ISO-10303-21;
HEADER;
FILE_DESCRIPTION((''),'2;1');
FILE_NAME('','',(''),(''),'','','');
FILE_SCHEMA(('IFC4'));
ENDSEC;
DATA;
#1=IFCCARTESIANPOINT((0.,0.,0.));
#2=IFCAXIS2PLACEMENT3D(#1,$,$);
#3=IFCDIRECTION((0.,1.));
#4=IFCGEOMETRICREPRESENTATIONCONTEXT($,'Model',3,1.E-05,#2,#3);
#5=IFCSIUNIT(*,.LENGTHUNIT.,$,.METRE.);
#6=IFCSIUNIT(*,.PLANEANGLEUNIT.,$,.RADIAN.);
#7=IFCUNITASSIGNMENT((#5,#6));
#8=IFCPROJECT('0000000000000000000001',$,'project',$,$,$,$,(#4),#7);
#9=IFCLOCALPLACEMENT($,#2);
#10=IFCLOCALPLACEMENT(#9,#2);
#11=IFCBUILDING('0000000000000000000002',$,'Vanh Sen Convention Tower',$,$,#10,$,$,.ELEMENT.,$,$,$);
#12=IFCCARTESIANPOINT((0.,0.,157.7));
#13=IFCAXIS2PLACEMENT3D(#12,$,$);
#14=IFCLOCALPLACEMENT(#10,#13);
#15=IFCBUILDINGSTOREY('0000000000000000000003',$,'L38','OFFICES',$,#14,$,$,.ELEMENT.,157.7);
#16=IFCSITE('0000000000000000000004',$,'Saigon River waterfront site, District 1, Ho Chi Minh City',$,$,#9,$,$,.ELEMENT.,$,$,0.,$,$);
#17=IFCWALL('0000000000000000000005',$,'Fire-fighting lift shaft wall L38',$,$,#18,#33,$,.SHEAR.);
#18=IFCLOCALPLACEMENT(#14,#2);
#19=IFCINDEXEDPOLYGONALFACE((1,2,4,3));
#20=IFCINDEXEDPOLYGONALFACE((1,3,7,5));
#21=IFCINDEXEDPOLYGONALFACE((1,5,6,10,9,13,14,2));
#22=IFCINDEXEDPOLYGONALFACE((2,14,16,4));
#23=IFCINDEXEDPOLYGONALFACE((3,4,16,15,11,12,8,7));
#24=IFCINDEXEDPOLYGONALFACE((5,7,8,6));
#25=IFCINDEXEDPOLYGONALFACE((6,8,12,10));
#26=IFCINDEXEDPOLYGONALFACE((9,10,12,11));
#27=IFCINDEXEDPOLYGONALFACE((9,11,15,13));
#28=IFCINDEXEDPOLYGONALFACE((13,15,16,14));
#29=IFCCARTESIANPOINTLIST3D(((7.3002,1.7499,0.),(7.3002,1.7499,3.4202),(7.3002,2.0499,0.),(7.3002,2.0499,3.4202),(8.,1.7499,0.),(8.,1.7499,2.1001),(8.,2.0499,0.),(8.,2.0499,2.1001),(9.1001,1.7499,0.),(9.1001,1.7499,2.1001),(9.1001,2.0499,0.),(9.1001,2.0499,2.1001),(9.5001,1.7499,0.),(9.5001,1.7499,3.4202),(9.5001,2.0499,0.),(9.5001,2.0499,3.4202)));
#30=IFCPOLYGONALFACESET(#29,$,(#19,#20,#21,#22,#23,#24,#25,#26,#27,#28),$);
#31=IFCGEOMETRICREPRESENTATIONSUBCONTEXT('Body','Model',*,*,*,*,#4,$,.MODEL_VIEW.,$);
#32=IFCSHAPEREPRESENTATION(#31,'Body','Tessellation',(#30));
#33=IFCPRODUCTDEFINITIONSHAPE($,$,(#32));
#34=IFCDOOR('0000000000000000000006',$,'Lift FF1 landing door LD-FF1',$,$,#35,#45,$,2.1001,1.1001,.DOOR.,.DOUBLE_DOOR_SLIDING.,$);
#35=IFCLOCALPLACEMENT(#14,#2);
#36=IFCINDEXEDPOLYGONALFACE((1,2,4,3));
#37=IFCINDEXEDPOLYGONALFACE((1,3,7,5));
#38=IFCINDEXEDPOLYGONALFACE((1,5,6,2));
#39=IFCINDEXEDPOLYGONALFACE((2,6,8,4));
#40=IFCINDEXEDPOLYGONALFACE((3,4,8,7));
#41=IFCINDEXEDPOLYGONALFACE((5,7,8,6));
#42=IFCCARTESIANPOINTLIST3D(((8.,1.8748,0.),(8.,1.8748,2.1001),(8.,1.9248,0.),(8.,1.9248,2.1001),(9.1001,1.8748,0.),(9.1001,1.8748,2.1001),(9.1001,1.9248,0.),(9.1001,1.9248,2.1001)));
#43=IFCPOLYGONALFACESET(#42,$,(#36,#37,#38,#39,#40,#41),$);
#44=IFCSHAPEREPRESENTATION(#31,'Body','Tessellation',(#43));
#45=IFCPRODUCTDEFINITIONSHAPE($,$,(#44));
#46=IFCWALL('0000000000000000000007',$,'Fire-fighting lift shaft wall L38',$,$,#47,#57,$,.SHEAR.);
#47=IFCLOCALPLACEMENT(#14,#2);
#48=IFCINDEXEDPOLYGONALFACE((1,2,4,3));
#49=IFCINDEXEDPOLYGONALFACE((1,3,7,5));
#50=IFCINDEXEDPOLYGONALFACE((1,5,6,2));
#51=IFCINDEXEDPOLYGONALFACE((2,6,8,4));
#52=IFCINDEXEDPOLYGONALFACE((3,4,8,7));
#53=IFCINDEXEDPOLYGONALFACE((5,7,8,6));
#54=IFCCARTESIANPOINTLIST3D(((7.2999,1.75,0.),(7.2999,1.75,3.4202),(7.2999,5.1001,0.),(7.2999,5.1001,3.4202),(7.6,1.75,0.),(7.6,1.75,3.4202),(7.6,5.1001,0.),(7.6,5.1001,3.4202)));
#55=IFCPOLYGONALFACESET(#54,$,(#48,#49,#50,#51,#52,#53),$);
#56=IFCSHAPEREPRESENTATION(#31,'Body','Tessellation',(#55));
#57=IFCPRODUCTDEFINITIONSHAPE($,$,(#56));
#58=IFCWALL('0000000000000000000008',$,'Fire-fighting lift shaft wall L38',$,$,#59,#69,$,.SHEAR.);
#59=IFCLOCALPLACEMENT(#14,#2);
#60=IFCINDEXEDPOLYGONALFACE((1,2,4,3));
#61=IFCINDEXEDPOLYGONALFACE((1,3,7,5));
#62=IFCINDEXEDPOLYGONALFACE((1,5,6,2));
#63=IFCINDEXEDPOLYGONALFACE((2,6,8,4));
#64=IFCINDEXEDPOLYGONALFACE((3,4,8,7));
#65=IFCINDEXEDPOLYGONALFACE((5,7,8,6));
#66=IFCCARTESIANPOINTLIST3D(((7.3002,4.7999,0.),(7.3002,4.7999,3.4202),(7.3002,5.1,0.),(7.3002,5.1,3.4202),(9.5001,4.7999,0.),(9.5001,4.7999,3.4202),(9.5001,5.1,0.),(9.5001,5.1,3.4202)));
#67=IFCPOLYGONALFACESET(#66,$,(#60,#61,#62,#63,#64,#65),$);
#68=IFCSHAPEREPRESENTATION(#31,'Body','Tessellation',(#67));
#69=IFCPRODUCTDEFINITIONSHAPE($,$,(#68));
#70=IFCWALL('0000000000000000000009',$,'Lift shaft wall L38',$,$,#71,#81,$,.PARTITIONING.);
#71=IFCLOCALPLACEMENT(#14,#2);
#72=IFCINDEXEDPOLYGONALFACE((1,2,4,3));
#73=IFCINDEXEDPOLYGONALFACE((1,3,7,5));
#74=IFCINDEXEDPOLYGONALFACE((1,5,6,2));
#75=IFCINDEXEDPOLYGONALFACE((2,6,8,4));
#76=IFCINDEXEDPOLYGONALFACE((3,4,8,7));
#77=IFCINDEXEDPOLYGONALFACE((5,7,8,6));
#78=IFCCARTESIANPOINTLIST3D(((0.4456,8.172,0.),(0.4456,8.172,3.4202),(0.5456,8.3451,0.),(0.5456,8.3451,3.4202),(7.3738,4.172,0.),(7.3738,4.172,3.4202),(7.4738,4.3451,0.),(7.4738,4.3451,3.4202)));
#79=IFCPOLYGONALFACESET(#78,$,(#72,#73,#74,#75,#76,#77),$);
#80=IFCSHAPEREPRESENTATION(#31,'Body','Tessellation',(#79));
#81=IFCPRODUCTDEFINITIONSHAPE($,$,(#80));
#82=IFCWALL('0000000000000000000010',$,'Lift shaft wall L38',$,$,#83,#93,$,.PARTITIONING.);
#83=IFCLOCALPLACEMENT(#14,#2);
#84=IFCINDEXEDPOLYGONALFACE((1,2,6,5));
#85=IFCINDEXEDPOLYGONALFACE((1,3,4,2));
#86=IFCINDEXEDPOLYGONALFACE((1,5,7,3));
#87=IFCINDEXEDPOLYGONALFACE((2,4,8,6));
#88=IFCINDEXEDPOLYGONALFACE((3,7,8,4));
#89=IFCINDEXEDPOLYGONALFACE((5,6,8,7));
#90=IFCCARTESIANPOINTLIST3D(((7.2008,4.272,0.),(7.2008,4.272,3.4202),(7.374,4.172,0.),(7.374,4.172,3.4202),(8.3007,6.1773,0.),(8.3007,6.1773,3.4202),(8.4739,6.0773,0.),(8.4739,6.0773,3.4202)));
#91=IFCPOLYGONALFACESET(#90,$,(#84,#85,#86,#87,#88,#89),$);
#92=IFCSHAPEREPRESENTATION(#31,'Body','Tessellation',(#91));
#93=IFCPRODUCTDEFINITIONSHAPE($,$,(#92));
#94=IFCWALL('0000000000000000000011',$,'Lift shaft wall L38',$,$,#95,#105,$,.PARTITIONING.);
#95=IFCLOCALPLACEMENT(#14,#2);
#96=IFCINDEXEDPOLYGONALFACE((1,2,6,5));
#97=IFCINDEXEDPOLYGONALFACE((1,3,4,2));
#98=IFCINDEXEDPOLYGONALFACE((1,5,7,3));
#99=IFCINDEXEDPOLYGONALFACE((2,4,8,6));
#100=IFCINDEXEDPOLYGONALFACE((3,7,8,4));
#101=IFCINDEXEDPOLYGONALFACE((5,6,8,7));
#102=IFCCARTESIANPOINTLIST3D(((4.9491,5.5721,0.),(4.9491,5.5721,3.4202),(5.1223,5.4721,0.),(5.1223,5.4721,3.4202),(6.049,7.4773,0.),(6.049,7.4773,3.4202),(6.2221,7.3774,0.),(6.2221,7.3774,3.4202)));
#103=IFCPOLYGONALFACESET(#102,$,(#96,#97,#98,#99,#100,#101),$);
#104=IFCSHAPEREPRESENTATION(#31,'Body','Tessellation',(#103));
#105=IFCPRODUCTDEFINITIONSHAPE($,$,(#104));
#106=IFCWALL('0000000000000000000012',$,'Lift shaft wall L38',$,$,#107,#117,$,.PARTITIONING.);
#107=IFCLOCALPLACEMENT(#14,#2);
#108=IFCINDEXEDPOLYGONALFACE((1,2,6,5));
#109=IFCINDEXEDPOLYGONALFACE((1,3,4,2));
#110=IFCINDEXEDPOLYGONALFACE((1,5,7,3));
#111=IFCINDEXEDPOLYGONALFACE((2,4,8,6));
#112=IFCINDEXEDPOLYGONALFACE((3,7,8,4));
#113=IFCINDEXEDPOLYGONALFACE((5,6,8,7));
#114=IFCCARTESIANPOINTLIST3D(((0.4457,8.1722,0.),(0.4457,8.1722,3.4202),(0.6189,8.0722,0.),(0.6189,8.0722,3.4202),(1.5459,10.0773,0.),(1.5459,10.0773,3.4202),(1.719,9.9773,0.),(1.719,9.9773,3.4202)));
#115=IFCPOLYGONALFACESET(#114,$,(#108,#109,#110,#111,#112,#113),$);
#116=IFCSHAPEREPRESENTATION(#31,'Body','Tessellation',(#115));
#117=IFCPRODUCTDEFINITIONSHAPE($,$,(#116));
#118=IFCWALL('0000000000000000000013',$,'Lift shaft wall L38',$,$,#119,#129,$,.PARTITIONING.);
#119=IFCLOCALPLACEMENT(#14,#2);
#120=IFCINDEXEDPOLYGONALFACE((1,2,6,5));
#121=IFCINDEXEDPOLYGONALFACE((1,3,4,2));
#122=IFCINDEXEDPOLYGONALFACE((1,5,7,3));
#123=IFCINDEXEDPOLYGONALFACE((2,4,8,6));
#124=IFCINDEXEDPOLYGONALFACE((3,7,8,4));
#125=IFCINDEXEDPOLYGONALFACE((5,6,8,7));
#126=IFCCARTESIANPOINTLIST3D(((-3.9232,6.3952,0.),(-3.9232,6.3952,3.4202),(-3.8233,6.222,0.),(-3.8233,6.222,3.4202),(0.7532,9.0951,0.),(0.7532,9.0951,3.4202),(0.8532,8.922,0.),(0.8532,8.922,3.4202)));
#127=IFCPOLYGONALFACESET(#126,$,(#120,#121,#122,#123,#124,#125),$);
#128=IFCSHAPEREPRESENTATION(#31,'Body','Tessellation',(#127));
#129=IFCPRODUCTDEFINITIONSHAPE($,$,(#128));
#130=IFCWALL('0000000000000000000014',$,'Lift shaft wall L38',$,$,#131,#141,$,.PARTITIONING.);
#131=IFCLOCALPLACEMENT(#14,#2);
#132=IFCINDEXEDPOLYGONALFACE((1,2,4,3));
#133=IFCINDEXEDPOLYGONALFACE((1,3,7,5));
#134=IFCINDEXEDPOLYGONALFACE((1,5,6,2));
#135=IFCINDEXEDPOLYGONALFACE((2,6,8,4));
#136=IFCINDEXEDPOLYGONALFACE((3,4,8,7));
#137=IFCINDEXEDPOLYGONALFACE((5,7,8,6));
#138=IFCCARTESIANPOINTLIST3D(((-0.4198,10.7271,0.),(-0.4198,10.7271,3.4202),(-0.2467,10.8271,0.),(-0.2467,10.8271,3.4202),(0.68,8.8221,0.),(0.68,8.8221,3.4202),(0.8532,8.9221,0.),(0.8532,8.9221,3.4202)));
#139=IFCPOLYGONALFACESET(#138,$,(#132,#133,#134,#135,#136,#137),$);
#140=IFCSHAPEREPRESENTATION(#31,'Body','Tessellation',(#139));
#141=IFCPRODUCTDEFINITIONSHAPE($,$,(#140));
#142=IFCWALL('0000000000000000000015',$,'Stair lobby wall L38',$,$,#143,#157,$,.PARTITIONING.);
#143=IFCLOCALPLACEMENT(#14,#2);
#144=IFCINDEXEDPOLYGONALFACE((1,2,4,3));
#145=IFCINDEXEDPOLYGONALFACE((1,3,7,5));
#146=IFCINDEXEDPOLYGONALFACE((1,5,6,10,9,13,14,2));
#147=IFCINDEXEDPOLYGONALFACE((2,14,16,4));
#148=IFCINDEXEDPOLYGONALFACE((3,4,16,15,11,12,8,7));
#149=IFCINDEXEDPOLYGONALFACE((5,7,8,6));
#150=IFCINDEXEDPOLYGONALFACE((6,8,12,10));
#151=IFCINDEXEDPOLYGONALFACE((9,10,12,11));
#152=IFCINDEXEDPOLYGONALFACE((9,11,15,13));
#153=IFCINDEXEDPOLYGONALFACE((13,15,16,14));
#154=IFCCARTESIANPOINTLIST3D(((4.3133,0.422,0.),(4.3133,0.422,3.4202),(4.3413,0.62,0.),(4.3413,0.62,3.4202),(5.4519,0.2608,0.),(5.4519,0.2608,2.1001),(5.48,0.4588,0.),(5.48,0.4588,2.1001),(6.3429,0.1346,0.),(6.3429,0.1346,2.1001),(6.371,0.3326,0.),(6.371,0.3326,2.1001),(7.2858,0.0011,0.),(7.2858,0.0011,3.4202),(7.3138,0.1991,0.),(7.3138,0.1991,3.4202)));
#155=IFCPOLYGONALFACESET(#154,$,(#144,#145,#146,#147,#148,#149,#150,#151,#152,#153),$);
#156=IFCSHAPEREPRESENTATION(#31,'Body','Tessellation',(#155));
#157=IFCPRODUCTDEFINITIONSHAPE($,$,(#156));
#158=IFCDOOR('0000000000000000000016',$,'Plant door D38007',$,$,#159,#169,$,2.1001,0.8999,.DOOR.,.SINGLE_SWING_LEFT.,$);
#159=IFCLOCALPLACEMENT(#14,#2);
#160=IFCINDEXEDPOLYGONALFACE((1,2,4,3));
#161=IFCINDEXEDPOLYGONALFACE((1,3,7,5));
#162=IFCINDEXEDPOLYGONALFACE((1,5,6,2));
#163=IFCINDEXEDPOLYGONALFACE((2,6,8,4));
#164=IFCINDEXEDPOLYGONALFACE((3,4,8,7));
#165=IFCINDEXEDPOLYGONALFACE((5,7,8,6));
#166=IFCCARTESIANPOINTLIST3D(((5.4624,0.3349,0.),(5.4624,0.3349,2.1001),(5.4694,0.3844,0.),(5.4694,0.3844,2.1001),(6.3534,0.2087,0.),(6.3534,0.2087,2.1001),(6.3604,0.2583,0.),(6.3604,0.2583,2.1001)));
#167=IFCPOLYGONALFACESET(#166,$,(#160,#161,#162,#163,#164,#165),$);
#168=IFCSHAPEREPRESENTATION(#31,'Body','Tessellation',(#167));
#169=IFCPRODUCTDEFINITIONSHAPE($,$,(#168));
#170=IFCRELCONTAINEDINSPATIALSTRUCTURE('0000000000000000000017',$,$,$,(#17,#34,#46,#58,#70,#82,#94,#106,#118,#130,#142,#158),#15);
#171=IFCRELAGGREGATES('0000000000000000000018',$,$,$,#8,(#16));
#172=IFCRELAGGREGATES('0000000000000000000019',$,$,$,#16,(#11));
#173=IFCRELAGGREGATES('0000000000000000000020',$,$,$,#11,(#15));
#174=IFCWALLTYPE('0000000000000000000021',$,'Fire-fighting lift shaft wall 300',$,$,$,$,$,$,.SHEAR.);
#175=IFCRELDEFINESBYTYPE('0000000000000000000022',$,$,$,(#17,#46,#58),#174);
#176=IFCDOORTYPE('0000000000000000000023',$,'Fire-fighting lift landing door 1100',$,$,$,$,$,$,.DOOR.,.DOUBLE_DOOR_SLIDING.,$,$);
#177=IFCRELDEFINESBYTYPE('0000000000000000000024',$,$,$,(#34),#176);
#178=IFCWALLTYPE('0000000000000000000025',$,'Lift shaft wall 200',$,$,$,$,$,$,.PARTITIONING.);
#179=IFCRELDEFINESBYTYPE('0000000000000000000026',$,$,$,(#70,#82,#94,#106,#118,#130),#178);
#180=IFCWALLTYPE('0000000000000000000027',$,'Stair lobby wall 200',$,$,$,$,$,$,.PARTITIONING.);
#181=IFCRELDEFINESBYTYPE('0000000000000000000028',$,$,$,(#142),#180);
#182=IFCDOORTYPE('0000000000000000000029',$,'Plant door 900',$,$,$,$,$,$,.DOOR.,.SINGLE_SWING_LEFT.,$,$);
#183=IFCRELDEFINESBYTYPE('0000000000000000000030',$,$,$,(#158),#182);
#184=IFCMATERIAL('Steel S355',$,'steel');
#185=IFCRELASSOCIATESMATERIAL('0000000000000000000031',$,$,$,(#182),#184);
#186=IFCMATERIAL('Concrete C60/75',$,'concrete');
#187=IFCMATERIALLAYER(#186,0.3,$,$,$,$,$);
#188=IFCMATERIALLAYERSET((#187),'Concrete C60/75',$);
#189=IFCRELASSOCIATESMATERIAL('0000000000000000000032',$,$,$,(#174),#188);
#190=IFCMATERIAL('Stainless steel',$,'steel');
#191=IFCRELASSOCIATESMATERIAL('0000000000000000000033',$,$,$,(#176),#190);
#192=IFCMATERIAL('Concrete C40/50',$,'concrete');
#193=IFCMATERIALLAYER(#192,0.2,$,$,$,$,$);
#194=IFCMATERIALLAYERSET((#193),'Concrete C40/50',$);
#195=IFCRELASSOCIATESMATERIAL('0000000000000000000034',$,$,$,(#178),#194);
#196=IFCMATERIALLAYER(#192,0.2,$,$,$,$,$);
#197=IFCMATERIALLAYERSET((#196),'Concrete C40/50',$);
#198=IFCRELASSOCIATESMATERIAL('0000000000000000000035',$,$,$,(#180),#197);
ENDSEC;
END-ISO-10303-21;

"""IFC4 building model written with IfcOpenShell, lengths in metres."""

from ifc_helpers import new_model, si_unit, direction, frame, frame_2d, origin, place, context, subcontext, project, spatial, rectangle, extrude, material, layer, layer_set, type_object, element, fill, save


model = new_model("IFC4")

# Units and contexts
model_context = context("Model", 3, precision=1e-05, world=origin(), true_north=direction((0.0, 1.0)))
body_context = subcontext(model_context, "Body", "Model", "MODEL_VIEW")
ifc_project = project(units=[si_unit("LENGTHUNIT", "METRE"), si_unit("PLANEANGLEUNIT", "RADIAN")], contexts=[model_context])

# Site, building, storey
site_placement = place(None, origin())
site = spatial("IfcSite", under=ifc_project, at=site_placement, Name="Saigon River waterfront site, District 1, Ho Chi Minh City", CompositionType="ELEMENT", RefElevation=0.0)
building_placement = place(site_placement, origin())
building = spatial("IfcBuilding", under=site, at=building_placement, Name="Vanh Sen Convention Tower", CompositionType="ELEMENT")
storey_placement = place(building_placement, frame((0.0, 0.0, 157.7)))
storey = spatial("IfcBuildingStorey", under=building, at=storey_placement, Name="L38", Description="OFFICES", CompositionType="ELEMENT", Elevation=157.7)

# Shared definitions
ifc_material_1 = material(Name="Steel S355", Category="steel")
door_type_1 = type_object("IfcDoorType", Name="Plant door 900", OperationType="SINGLE_SWING_LEFT", PredefinedType="DOOR", material=ifc_material_1)

# Wall, opening, door
ifc_material_2 = material(Name="Concrete C60/75", Category="concrete")
ifc_layer_1 = layer(ifc_material_2, 0.3)
ifc_layer_set_1 = layer_set([ifc_layer_1], Name="Concrete C60/75")
wall_type_1 = type_object("IfcWallType", Name="Fire-fighting lift shaft wall 300", PredefinedType="SHEAR", material=ifc_layer_set_1)
wall_1_placement = place(storey_placement, frame((7.3, 1.8999, 0.0), z_axis=(0.0, 0.0, 1.0), x_axis=(1.0, 0.0, 0.0)))
wall_1 = element("IfcWall", 1, at=wall_1_placement, inside=storey, type_object=wall_type_1, Name="Fire-fighting lift shaft wall L38", PredefinedType="SHEAR", context=body_context, shape_type="SweptSolid", body=[
    extrude(rectangle(XDim=2.2, YDim=0.3, at=frame_2d((1.1001, 0.0))), origin(), (0.0, 0.0, 1.0), 3.4202),
])
opening_1_placement = place(wall_1_placement, frame((0.7, 0.0, 0.0)))
opening_1 = element("IfcOpeningElement", 2, at=opening_1_placement, cuts=wall_1, PredefinedType="OPENING", context=body_context, shape_type="SweptSolid", body=[
    extrude(rectangle(XDim=1.1001, YDim=2.1001, at=frame_2d((0.55, 1.05))), frame((0.0, 0.1599, 0.0), z_axis=(0.0, -1.0, 0.0), x_axis=(1.0, 0.0, 0.0)), (0.0, 0.0, 1.0), 0.3201),
])
ifc_material_3 = material(Name="Stainless steel", Category="steel")
door_type_2 = type_object("IfcDoorType", Name="Fire-fighting lift landing door 1100", OperationType="DOUBLE_DOOR_SLIDING", PredefinedType="DOOR", material=ifc_material_3)
door_1_placement = place(opening_1_placement, origin())
door_1 = element("IfcDoor", 3, at=door_1_placement, inside=storey, type_object=door_type_2, Name="Lift FF1 landing door LD-FF1", OperationType="DOUBLE_DOOR_SLIDING", OverallHeight=2.1001, OverallWidth=1.1001, PredefinedType="DOOR", context=body_context, shape_type="SweptSolid", body=[
    extrude(rectangle(XDim=1.1001, YDim=2.1001, at=frame_2d((0.55, 1.05))), frame((0.0, 0.0249, 0.0), z_axis=(0.0, -1.0, 0.0), x_axis=(1.0, 0.0, 0.0)), (0.0, 0.0, 1.0), 0.05),
])
fill(opening_1, door_1)

# Walls
wall_2_placement = place(storey_placement, frame((7.45, 1.75, 0.0), z_axis=(0.0, 0.0, 1.0), x_axis=(0.0, 1.0, 0.0)))
element("IfcWall", 4, at=wall_2_placement, inside=storey, type_object=wall_type_1, Name="Fire-fighting lift shaft wall L38", PredefinedType="SHEAR", context=body_context, shape_type="SweptSolid", body=[
    extrude(rectangle(XDim=3.3501, YDim=0.3, at=frame_2d((1.675, 0.0))), origin(), (0.0, 0.0, 1.0), 3.4202),
])
wall_3_placement = place(storey_placement, frame((7.3, 4.95, 0.0), z_axis=(0.0, 0.0, 1.0), x_axis=(1.0, 0.0, 0.0)))
element("IfcWall", 5, at=wall_3_placement, inside=storey, type_object=wall_type_1, Name="Fire-fighting lift shaft wall L38", PredefinedType="SHEAR", context=body_context, shape_type="SweptSolid", body=[
    extrude(rectangle(XDim=2.2, YDim=0.3, at=frame_2d((1.1001, 0.0))), origin(), (0.0, 0.0, 1.0), 3.4202),
])
ifc_material_4 = material(Name="Concrete C40/50", Category="concrete")
ifc_layer_2 = layer(ifc_material_4, 0.2)
ifc_layer_set_2 = layer_set([ifc_layer_2], Name="Concrete C40/50")
wall_type_2 = type_object("IfcWallType", Name="Lift shaft wall 200", PredefinedType="PARTITIONING", material=ifc_layer_set_2)
wall_4_placement = place(storey_placement, frame((7.4238, 4.2585, 0.0), z_axis=(0.0, 0.0, 1.0), x_axis=(-0.866026, 0.499999, 0.0)))
element("IfcWall", 6, at=wall_4_placement, inside=storey, type_object=wall_type_2, Name="Lift shaft wall L38", PredefinedType="PARTITIONING", context=body_context, shape_type="SweptSolid", body=[
    extrude(rectangle(XDim=8.0, YDim=0.2, at=frame_2d((4.0, 0.0))), origin(), (0.0, 0.0, 1.0), 3.4202),
])
for number, where, z_axis, x_axis, name in (
    (7, (7.2874, 4.2219, 0.0), (0.0, 0.0, 1.0), (0.499947, 0.866056, 0.0), "Lift shaft wall L38"),
    (8, (5.0356, 5.522, 0.0), (0.0, 0.0, 1.0), (0.499947, 0.866056, 0.0), "Lift shaft wall L38"),
    (9, (0.5322, 8.1221, 0.0), (0.0, 0.0, 1.0), (0.500078, 0.86598, 0.0), "Lift shaft wall L38"),
):
    element("IfcWall", number, at=place(storey_placement, frame(where, z_axis=z_axis, x_axis=x_axis)), inside=storey, type_object=wall_type_2, Name=name, PredefinedType="PARTITIONING", context=body_context, shape_type="SweptSolid", body=[
        extrude(rectangle(XDim=2.2, YDim=0.2, at=frame_2d((1.1001, 0.0))), origin(), (0.0, 0.0, 1.0), 3.4202),
    ])
wall_5_placement = place(storey_placement, frame((0.8032, 9.0085, 0.0), z_axis=(0.0, 0.0, 1.0), x_axis=(-0.866028, -0.499995, 0.0)))
element("IfcWall", 10, at=wall_5_placement, inside=storey, type_object=wall_type_2, Name="Lift shaft wall L38", PredefinedType="PARTITIONING", context=body_context, shape_type="SweptSolid", body=[
    extrude(rectangle(XDim=5.3999, YDim=0.2, at=frame_2d((2.7, 0.0))), origin(), (0.0, 0.0, 1.0), 3.4202),
])
wall_6_placement = place(storey_placement, frame((0.7666, 8.8721, 0.0), z_axis=(0.0, 0.0, 1.0), x_axis=(-0.499995, 0.866028, 0.0)))
element("IfcWall", 11, at=wall_6_placement, inside=storey, type_object=wall_type_2, Name="Lift shaft wall L38", PredefinedType="PARTITIONING", context=body_context, shape_type="SweptSolid", body=[
    extrude(rectangle(XDim=2.1997, YDim=0.2, at=frame_2d((1.0999, 0.0))), origin(), (0.0, 0.0, 1.0), 3.4202),
])

# Wall, opening, door
ifc_layer_3 = layer(ifc_material_4, 0.2)
ifc_layer_set_3 = layer_set([ifc_layer_3], Name="Concrete C40/50")
wall_type_3 = type_object("IfcWallType", Name="Stair lobby wall 200", PredefinedType="PARTITIONING", material=ifc_layer_set_3)
wall_7_placement = place(storey_placement, frame((4.3274, 0.521, 0.0), z_axis=(0.0, 0.0, 1.0), x_axis=(0.990124, -0.140192, 0.0)))
wall_7 = element("IfcWall", 12, at=wall_7_placement, inside=storey, type_object=wall_type_3, Name="Stair lobby wall L38", PredefinedType="PARTITIONING", context=body_context, shape_type="SweptSolid", body=[
    extrude(rectangle(XDim=3.0022, YDim=0.2, at=frame_2d((1.501, 0.0))), origin(), (0.0, 0.0, 1.0), 3.4202),
])
opening_2_placement = place(wall_7_placement, frame((1.1499, 0.0, 0.0)))
opening_2 = element("IfcOpeningElement", 13, at=opening_2_placement, cuts=wall_7, PredefinedType="OPENING", context=body_context, shape_type="SweptSolid", body=[
    extrude(rectangle(XDim=0.8999, YDim=2.1001, at=frame_2d((0.45, 1.05))), frame((0.0, 0.1099, 0.0), z_axis=(0.0, -1.0, 0.0), x_axis=(1.0, 0.0, 0.0)), (0.0, 0.0, 1.0), 0.22),
])
door_2_placement = place(opening_2_placement, origin())
door_2 = element("IfcDoor", 14, at=door_2_placement, inside=storey, type_object=door_type_1, Name="Plant door D38007", OperationType="SINGLE_SWING_LEFT", OverallHeight=2.1001, OverallWidth=0.8999, PredefinedType="DOOR", context=body_context, shape_type="SweptSolid", body=[
    extrude(rectangle(XDim=0.8999, YDim=2.1001, at=frame_2d((0.45, 1.05))), frame((0.0, 0.0249, 0.0), z_axis=(0.0, -1.0, 0.0), x_axis=(1.0, 0.0, 0.0)), (0.0, 0.0, 1.0), 0.05),
])
fill(opening_2, door_2)

save(model, "model.ifc")
